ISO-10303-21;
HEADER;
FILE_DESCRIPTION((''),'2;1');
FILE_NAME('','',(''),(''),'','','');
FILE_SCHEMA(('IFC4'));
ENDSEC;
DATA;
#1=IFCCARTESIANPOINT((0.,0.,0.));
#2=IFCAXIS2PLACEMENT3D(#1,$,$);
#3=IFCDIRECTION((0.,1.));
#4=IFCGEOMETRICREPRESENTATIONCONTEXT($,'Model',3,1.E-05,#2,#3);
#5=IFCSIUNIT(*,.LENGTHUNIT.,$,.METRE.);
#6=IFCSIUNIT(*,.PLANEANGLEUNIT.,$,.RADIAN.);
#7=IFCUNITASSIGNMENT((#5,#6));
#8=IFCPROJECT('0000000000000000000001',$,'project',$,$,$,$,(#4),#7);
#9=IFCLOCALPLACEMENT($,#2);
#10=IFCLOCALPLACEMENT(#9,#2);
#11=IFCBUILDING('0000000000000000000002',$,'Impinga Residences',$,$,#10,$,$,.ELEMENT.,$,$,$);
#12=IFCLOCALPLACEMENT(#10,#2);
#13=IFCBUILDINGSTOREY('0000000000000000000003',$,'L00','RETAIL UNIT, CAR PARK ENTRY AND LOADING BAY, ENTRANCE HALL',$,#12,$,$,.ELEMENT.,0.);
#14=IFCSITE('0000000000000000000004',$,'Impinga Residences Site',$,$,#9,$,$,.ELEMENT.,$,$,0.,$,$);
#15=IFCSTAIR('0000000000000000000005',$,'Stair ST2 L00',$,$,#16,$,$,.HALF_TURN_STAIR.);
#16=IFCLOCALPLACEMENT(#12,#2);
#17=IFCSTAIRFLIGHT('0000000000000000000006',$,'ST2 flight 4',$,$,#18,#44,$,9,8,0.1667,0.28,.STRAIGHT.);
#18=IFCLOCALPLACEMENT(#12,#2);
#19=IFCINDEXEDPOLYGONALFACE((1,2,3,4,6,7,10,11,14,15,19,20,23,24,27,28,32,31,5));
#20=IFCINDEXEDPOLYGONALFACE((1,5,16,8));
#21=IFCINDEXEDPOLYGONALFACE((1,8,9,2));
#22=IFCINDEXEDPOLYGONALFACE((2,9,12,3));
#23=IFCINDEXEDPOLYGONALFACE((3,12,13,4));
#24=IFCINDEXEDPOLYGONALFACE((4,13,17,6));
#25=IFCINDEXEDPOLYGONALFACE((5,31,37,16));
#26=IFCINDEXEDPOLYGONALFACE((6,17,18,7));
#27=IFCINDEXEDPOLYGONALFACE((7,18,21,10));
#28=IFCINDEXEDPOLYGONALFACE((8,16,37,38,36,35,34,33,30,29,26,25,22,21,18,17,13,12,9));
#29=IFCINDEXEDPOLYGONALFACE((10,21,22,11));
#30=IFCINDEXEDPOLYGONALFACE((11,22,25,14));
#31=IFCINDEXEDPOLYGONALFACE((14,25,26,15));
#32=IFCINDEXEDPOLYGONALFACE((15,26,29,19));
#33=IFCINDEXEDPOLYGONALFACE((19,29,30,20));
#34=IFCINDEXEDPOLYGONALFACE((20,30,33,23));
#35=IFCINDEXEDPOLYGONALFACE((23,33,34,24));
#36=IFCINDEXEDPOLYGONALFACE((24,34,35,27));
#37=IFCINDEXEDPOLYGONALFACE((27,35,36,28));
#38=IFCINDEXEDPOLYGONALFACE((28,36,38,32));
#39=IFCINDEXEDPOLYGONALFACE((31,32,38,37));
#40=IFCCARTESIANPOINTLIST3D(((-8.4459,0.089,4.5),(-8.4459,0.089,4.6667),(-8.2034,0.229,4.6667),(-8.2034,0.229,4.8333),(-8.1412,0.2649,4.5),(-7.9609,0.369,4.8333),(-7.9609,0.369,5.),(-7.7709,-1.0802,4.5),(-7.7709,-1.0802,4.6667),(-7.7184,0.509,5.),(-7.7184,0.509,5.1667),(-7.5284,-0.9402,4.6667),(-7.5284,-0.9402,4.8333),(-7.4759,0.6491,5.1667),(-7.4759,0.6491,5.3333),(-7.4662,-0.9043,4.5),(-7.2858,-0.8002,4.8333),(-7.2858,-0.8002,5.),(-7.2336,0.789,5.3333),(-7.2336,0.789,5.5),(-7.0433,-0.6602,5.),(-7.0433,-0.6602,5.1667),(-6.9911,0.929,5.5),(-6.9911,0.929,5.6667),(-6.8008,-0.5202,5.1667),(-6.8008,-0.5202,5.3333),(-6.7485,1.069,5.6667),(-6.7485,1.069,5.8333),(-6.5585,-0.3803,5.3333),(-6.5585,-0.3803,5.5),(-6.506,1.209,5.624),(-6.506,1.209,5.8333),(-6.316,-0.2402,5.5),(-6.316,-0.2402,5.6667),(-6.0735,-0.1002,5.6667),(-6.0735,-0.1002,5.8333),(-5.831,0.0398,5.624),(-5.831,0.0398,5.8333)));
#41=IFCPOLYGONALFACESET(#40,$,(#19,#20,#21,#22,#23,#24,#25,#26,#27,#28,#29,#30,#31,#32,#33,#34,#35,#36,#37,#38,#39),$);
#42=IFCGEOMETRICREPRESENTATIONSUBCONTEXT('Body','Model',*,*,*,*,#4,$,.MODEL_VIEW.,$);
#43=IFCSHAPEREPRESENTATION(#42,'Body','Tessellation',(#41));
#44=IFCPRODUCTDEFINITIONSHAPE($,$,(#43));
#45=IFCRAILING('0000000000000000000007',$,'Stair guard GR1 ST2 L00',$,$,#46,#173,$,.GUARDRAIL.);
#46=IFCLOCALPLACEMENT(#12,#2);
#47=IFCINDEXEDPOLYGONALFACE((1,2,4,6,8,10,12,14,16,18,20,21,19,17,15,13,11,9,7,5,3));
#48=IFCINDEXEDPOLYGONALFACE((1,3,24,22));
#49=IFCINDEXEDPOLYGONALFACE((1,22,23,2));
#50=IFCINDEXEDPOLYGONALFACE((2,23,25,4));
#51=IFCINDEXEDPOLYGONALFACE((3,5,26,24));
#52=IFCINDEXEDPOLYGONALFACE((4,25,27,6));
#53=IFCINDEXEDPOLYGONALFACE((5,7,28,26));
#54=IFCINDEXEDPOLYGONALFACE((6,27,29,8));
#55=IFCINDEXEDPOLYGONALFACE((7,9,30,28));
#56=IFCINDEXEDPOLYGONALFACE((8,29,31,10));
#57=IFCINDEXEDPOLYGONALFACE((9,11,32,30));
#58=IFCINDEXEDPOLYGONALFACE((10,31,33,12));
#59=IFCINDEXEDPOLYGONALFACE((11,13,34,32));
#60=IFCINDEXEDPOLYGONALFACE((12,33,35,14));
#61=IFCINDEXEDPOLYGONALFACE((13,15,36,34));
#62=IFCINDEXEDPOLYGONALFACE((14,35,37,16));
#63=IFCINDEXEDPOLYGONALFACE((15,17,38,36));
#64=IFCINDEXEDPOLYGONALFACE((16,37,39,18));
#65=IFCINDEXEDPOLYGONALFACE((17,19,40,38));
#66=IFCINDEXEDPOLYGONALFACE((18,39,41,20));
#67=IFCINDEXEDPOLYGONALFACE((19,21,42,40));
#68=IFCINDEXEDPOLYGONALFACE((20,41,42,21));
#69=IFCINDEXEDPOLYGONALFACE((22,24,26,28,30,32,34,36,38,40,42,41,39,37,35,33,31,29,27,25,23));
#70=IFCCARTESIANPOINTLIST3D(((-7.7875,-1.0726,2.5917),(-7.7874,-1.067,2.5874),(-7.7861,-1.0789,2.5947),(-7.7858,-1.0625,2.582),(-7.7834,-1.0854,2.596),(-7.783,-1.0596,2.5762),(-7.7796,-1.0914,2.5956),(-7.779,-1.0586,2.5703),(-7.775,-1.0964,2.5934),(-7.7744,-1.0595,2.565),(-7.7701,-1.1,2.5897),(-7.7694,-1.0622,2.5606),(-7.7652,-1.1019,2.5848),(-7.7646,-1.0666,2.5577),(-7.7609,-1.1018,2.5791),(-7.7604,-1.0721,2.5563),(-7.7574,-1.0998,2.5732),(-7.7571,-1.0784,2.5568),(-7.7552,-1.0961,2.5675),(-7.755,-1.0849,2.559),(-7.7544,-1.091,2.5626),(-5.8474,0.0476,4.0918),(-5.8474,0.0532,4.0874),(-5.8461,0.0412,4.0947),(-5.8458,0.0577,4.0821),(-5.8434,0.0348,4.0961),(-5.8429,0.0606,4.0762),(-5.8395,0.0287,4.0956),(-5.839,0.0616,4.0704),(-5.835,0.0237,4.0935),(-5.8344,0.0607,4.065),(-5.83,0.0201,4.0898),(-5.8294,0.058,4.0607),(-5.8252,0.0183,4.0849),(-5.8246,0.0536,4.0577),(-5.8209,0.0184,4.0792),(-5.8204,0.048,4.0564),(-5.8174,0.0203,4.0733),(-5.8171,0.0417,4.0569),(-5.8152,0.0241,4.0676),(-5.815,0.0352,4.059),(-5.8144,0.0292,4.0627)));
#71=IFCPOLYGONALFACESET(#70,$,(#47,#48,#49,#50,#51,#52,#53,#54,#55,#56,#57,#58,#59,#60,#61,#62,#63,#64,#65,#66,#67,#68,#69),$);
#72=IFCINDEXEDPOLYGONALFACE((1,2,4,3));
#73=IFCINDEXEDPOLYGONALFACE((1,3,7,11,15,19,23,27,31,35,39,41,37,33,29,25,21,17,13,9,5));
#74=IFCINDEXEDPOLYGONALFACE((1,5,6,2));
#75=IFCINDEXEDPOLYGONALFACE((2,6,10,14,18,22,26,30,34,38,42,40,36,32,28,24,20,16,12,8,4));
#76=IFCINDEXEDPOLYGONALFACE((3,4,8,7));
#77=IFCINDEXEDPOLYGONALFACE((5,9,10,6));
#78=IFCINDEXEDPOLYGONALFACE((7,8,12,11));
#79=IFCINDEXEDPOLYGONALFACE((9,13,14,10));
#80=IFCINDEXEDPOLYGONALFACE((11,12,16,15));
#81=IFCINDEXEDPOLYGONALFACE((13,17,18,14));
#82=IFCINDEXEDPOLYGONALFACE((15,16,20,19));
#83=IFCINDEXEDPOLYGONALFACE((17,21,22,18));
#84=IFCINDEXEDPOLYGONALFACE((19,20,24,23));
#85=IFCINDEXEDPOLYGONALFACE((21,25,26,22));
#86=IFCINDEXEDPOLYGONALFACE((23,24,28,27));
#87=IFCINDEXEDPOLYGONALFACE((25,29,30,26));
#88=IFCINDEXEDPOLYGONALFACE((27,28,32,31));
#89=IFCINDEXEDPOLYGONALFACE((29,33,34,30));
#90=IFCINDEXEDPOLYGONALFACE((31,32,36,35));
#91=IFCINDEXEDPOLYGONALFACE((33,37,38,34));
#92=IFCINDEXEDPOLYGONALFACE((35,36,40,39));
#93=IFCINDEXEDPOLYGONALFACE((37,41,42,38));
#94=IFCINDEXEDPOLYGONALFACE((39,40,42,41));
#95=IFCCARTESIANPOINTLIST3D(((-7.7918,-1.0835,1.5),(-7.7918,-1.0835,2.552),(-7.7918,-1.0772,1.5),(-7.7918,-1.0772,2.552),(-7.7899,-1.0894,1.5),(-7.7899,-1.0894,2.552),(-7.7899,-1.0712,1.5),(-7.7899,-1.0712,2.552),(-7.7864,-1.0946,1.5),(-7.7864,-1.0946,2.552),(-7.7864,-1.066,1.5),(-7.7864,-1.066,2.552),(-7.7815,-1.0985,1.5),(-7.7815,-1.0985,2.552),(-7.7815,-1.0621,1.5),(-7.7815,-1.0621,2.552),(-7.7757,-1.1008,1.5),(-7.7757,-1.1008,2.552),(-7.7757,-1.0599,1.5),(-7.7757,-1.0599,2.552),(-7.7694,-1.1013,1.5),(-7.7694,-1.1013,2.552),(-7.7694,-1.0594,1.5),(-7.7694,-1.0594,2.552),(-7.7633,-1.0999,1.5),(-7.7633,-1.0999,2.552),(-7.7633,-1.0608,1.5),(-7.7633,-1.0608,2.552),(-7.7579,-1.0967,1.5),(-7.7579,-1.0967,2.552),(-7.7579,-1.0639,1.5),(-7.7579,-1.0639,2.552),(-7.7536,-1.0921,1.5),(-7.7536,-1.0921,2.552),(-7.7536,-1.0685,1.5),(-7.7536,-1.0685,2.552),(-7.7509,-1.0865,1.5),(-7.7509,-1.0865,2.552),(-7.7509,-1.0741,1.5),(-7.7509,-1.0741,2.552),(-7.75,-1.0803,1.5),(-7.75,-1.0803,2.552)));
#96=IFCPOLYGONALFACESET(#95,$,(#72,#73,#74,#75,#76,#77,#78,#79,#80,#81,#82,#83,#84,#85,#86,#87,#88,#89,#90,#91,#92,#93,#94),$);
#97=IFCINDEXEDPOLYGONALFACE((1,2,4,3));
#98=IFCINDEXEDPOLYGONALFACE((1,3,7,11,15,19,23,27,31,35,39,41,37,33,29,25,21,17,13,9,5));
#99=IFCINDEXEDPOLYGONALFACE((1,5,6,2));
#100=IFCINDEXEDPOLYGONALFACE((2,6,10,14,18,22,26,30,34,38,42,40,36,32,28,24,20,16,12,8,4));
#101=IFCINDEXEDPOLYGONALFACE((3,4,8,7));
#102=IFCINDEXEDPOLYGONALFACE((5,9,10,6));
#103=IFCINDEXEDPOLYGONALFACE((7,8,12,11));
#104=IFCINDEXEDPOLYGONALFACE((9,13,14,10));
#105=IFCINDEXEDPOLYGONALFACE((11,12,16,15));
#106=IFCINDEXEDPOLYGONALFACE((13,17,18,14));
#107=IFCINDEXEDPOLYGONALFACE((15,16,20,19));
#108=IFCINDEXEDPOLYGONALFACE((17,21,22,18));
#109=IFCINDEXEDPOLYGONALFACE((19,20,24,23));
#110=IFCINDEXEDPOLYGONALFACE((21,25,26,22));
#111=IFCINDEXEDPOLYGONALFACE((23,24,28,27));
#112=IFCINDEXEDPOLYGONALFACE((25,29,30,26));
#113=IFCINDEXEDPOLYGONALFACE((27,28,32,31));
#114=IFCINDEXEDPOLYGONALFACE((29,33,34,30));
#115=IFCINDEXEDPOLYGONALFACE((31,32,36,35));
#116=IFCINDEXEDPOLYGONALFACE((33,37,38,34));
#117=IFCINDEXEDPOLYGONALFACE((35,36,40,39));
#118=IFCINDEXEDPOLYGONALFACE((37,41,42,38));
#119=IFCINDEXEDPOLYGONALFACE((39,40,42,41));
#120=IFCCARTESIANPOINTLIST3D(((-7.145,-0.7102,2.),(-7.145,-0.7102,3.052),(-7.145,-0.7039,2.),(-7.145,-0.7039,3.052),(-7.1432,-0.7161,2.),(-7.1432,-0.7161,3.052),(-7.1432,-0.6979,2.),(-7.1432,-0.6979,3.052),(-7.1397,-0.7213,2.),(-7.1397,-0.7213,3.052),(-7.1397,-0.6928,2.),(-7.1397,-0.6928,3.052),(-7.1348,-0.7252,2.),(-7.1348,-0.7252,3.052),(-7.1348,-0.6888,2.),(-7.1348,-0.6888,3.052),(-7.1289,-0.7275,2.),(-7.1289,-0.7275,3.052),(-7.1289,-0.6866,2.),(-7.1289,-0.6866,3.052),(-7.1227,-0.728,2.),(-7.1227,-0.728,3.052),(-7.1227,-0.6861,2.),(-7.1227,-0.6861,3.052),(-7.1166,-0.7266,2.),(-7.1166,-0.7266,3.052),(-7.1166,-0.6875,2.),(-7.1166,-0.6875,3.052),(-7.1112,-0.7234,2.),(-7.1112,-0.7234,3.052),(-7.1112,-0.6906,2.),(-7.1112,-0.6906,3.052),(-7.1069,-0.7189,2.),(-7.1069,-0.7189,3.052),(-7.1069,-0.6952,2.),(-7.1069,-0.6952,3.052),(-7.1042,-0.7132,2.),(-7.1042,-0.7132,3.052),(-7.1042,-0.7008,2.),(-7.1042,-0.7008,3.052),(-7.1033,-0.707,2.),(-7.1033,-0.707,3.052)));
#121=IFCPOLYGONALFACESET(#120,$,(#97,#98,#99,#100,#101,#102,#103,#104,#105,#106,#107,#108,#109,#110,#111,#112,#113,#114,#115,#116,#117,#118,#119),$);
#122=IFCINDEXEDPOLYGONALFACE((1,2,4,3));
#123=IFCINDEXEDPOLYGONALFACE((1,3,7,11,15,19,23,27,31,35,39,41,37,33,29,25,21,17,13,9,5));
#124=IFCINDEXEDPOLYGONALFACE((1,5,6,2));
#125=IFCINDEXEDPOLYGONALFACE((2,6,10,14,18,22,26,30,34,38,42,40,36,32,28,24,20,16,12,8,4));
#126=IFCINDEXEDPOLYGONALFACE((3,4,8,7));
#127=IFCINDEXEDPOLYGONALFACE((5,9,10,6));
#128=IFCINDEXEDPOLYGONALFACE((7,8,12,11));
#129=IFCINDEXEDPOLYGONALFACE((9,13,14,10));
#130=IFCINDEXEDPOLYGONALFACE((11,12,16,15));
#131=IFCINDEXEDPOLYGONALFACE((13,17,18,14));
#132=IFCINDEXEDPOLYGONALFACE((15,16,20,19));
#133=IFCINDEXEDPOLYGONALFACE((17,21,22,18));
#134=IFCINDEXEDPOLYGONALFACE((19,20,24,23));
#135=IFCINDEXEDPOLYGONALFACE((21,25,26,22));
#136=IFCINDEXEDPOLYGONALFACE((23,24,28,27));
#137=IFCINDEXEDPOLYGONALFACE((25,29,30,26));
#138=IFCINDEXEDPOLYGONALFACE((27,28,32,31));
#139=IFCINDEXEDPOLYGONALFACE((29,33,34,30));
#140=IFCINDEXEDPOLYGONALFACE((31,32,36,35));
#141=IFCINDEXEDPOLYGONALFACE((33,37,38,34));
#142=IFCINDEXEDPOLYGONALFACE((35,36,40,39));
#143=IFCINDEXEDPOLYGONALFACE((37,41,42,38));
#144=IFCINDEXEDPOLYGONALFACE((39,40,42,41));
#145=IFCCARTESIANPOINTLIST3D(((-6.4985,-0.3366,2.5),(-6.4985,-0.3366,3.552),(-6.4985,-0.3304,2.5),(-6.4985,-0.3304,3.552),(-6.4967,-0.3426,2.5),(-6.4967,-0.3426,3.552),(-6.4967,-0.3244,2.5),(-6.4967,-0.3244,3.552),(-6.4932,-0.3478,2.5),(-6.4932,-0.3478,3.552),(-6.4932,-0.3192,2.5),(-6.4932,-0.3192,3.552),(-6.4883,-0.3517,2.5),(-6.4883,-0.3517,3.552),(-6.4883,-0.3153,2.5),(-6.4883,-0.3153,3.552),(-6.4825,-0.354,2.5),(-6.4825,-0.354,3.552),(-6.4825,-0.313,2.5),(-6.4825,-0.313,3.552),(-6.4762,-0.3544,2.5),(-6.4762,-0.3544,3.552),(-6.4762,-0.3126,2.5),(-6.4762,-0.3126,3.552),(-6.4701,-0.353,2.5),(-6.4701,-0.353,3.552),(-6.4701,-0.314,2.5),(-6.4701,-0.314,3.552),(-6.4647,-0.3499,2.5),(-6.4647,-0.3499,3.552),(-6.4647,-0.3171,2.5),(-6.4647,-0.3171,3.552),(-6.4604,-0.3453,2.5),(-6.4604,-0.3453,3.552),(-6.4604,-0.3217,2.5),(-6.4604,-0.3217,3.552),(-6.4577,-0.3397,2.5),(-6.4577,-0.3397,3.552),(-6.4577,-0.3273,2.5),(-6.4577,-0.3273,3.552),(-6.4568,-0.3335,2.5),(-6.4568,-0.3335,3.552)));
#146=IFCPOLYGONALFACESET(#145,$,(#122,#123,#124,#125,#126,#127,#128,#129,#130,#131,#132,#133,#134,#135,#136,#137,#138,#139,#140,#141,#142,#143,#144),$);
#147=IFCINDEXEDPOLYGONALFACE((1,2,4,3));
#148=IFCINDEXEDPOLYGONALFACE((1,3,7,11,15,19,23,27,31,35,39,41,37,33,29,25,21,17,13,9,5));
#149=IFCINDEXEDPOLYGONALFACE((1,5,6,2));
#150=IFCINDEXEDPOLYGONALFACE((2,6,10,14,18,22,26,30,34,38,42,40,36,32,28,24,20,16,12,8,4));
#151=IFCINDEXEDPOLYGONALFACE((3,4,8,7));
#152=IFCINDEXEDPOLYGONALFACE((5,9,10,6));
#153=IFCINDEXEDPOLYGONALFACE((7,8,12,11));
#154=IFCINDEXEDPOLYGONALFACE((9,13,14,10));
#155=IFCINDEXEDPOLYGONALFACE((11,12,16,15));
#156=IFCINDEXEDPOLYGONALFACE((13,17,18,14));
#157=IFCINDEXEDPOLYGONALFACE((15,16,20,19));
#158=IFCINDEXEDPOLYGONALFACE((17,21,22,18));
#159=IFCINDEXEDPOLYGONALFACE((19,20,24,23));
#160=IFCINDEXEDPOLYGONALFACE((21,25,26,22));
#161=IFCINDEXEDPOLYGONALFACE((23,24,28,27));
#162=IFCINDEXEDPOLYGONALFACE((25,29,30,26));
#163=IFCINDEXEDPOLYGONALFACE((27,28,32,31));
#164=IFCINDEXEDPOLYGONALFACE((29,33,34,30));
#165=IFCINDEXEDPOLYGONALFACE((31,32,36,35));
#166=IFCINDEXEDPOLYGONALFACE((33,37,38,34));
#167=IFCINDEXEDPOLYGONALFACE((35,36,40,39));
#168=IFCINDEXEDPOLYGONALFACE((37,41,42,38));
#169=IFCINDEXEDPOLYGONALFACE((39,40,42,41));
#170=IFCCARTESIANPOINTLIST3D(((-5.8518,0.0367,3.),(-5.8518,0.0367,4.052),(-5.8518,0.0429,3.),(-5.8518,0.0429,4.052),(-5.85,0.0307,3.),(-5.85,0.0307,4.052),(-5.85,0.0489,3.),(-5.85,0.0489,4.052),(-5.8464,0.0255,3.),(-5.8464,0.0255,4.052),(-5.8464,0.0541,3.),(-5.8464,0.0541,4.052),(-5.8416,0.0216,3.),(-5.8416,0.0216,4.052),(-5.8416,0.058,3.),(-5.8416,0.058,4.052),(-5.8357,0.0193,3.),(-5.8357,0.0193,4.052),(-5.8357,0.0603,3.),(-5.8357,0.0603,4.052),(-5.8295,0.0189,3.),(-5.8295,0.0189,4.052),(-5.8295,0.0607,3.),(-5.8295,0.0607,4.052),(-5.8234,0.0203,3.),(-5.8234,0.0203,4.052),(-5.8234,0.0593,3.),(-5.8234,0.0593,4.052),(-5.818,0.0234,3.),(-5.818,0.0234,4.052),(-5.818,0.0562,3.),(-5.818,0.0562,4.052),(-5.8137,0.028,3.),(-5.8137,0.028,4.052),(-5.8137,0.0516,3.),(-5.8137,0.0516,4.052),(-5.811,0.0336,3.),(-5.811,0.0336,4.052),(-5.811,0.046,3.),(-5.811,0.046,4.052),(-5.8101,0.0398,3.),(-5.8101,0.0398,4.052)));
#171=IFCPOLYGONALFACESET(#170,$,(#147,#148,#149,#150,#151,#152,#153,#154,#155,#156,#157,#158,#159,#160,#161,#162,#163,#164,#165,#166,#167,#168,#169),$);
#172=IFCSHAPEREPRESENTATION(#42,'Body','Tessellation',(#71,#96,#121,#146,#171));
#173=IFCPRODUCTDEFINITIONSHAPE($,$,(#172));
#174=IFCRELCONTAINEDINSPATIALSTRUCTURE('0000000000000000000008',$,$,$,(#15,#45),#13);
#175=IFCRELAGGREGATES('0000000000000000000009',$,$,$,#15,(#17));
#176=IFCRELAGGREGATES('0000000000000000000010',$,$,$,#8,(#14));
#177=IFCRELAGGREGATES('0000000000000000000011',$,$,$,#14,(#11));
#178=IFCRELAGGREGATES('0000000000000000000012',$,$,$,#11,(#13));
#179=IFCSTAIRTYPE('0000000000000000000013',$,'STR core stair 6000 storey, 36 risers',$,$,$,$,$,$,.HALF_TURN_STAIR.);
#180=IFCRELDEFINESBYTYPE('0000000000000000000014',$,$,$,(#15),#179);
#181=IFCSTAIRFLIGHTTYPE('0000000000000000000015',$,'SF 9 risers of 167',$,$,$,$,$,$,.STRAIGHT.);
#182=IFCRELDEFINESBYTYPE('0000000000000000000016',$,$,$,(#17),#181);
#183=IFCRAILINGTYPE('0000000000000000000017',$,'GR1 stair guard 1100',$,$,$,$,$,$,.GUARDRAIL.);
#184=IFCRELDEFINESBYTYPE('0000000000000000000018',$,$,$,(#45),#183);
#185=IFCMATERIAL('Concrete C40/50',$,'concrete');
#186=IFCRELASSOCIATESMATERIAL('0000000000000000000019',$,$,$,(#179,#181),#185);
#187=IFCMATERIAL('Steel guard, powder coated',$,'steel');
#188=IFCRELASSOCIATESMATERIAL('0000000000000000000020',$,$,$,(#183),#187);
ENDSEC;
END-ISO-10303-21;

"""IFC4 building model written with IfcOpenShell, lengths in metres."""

from ifc_helpers import new_model, si_unit, direction, frame, origin, origin_2d, place, context, subcontext, project, spatial, polyline, circle, outline, extrude, material, type_object, element, aggregate, save


model = new_model("IFC4")

# Units and contexts
model_context = context("Model", 3, precision=1e-05, world=origin(), true_north=direction((0.0, 1.0)))
body_context = subcontext(model_context, "Body", "Model", "MODEL_VIEW")
ifc_project = project(units=[si_unit("LENGTHUNIT", "METRE"), si_unit("PLANEANGLEUNIT", "RADIAN")], contexts=[model_context])

# Site, building, storey
site_placement = place(None, origin())
site = spatial("IfcSite", under=ifc_project, at=site_placement, Name="Impinga Residences Site", CompositionType="ELEMENT", RefElevation=0.0)
building_placement = place(site_placement, origin())
building = spatial("IfcBuilding", under=site, at=building_placement, Name="Impinga Residences", CompositionType="ELEMENT")
storey_placement = place(building_placement, origin())
storey = spatial("IfcBuildingStorey", under=building, at=storey_placement, Name="L00", Description="RETAIL UNIT, CAR PARK ENTRY AND LOADING BAY, ENTRANCE HALL", CompositionType="ELEMENT", Elevation=0.0)

# Stair, stair flight
ifc_material_1 = material(Name="Concrete C40/50", Category="concrete")
stair_type = type_object("IfcStairType", Name="STR core stair 6000 storey, 36 risers", PredefinedType="HALF_TURN_STAIR", material=ifc_material_1)
stair_placement = place(storey_placement, origin())
stair = element("IfcStair", 1, at=stair_placement, inside=storey, type_object=stair_type, Name="Stair ST2 L00", PredefinedType="HALF_TURN_STAIR")
stair_flight_type = type_object("IfcStairFlightType", Name="SF 9 risers of 167", PredefinedType="STRAIGHT", material=ifc_material_1)
stair_flight_1_placement = place(storey_placement, frame((-8.1084, -0.4956, 4.5), z_axis=(0.0, 0.0, 1.0), x_axis=(0.866025, 0.5, 0.0)))
stair_flight_1 = element("IfcStairFlight", 2, at=stair_flight_1_placement, type_object=stair_flight_type, Name="ST2 flight 4", NumberOfRisers=9, NumberOfTreads=8, PredefinedType="STRAIGHT", RiserHeight=0.1667, TreadLength=0.28, context=body_context, shape_type="SweptSolid", body=[
    extrude(outline(polyline([(0.0, 0.0), (0.0, 0.1667), (0.28, 0.1667), (0.28, 0.3333), (0.5601, 0.3333), (0.5601, 0.5), (0.8401, 0.5), (0.8401, 0.6667), (1.1201, 0.6667), (1.1201, 0.8333), (1.3999, 0.8333), (1.3999, 1.0), (1.6799, 1.0), (1.6799, 1.1667), (1.96, 1.1667), (1.96, 1.3333), (2.24, 1.3333), (2.24, 1.5), (2.24, 1.124), (0.3518, 0.0), (0.0, 0.0)])), frame((0.0, 0.675, 0.0), z_axis=(0.0, -1.0, 0.0), x_axis=(1.0, 0.0, 0.0)), (0.0, 0.0, 1.0), 1.3501),
])
aggregate(stair, [stair_flight_1])

# Railing
ifc_material_2 = material(Name="Steel guard, powder coated", Category="steel")
railing_type_1 = type_object("IfcRailingType", Name="GR1 stair guard 1100", PredefinedType="GUARDRAIL", material=ifc_material_2)
for number, where, name in (
    (3, (-7.771, -1.0803, 1.5), "Stair guard GR1 ST2 L00"),
):
    element("IfcRailing", number, at=place(storey_placement, frame(where)), inside=storey, type_object=railing_type_1, Name=name, PredefinedType="GUARDRAIL", context=body_context, shape_type="SweptSolid", body=[
        extrude(circle(Radius=0.0239, at=origin_2d()), frame((0.0, 0.0, 1.0762), z_axis=(0.719582, 0.415485, 0.556394), x_axis=(-0.500031, 0.866008, 0.0)), (0.0, 0.0, 1.0), 2.696),
        extrude(circle(Radius=0.021, at=origin_2d()), origin(), (0.0, 0.0, 1.0), 1.052),
        extrude(circle(Radius=0.021, at=origin_2d()), frame((0.6467, 0.3733, 0.5)), (0.0, 0.0, 1.0), 1.052),
        extrude(circle(Radius=0.021, at=origin_2d()), frame((1.2932, 0.7468, 1.0)), (0.0, 0.0, 1.0), 1.052),
        extrude(circle(Radius=0.021, at=origin_2d()), frame((1.9399, 1.1201, 1.5)), (0.0, 0.0, 1.0), 1.052),
    ])

save(model, "model.ifc")
